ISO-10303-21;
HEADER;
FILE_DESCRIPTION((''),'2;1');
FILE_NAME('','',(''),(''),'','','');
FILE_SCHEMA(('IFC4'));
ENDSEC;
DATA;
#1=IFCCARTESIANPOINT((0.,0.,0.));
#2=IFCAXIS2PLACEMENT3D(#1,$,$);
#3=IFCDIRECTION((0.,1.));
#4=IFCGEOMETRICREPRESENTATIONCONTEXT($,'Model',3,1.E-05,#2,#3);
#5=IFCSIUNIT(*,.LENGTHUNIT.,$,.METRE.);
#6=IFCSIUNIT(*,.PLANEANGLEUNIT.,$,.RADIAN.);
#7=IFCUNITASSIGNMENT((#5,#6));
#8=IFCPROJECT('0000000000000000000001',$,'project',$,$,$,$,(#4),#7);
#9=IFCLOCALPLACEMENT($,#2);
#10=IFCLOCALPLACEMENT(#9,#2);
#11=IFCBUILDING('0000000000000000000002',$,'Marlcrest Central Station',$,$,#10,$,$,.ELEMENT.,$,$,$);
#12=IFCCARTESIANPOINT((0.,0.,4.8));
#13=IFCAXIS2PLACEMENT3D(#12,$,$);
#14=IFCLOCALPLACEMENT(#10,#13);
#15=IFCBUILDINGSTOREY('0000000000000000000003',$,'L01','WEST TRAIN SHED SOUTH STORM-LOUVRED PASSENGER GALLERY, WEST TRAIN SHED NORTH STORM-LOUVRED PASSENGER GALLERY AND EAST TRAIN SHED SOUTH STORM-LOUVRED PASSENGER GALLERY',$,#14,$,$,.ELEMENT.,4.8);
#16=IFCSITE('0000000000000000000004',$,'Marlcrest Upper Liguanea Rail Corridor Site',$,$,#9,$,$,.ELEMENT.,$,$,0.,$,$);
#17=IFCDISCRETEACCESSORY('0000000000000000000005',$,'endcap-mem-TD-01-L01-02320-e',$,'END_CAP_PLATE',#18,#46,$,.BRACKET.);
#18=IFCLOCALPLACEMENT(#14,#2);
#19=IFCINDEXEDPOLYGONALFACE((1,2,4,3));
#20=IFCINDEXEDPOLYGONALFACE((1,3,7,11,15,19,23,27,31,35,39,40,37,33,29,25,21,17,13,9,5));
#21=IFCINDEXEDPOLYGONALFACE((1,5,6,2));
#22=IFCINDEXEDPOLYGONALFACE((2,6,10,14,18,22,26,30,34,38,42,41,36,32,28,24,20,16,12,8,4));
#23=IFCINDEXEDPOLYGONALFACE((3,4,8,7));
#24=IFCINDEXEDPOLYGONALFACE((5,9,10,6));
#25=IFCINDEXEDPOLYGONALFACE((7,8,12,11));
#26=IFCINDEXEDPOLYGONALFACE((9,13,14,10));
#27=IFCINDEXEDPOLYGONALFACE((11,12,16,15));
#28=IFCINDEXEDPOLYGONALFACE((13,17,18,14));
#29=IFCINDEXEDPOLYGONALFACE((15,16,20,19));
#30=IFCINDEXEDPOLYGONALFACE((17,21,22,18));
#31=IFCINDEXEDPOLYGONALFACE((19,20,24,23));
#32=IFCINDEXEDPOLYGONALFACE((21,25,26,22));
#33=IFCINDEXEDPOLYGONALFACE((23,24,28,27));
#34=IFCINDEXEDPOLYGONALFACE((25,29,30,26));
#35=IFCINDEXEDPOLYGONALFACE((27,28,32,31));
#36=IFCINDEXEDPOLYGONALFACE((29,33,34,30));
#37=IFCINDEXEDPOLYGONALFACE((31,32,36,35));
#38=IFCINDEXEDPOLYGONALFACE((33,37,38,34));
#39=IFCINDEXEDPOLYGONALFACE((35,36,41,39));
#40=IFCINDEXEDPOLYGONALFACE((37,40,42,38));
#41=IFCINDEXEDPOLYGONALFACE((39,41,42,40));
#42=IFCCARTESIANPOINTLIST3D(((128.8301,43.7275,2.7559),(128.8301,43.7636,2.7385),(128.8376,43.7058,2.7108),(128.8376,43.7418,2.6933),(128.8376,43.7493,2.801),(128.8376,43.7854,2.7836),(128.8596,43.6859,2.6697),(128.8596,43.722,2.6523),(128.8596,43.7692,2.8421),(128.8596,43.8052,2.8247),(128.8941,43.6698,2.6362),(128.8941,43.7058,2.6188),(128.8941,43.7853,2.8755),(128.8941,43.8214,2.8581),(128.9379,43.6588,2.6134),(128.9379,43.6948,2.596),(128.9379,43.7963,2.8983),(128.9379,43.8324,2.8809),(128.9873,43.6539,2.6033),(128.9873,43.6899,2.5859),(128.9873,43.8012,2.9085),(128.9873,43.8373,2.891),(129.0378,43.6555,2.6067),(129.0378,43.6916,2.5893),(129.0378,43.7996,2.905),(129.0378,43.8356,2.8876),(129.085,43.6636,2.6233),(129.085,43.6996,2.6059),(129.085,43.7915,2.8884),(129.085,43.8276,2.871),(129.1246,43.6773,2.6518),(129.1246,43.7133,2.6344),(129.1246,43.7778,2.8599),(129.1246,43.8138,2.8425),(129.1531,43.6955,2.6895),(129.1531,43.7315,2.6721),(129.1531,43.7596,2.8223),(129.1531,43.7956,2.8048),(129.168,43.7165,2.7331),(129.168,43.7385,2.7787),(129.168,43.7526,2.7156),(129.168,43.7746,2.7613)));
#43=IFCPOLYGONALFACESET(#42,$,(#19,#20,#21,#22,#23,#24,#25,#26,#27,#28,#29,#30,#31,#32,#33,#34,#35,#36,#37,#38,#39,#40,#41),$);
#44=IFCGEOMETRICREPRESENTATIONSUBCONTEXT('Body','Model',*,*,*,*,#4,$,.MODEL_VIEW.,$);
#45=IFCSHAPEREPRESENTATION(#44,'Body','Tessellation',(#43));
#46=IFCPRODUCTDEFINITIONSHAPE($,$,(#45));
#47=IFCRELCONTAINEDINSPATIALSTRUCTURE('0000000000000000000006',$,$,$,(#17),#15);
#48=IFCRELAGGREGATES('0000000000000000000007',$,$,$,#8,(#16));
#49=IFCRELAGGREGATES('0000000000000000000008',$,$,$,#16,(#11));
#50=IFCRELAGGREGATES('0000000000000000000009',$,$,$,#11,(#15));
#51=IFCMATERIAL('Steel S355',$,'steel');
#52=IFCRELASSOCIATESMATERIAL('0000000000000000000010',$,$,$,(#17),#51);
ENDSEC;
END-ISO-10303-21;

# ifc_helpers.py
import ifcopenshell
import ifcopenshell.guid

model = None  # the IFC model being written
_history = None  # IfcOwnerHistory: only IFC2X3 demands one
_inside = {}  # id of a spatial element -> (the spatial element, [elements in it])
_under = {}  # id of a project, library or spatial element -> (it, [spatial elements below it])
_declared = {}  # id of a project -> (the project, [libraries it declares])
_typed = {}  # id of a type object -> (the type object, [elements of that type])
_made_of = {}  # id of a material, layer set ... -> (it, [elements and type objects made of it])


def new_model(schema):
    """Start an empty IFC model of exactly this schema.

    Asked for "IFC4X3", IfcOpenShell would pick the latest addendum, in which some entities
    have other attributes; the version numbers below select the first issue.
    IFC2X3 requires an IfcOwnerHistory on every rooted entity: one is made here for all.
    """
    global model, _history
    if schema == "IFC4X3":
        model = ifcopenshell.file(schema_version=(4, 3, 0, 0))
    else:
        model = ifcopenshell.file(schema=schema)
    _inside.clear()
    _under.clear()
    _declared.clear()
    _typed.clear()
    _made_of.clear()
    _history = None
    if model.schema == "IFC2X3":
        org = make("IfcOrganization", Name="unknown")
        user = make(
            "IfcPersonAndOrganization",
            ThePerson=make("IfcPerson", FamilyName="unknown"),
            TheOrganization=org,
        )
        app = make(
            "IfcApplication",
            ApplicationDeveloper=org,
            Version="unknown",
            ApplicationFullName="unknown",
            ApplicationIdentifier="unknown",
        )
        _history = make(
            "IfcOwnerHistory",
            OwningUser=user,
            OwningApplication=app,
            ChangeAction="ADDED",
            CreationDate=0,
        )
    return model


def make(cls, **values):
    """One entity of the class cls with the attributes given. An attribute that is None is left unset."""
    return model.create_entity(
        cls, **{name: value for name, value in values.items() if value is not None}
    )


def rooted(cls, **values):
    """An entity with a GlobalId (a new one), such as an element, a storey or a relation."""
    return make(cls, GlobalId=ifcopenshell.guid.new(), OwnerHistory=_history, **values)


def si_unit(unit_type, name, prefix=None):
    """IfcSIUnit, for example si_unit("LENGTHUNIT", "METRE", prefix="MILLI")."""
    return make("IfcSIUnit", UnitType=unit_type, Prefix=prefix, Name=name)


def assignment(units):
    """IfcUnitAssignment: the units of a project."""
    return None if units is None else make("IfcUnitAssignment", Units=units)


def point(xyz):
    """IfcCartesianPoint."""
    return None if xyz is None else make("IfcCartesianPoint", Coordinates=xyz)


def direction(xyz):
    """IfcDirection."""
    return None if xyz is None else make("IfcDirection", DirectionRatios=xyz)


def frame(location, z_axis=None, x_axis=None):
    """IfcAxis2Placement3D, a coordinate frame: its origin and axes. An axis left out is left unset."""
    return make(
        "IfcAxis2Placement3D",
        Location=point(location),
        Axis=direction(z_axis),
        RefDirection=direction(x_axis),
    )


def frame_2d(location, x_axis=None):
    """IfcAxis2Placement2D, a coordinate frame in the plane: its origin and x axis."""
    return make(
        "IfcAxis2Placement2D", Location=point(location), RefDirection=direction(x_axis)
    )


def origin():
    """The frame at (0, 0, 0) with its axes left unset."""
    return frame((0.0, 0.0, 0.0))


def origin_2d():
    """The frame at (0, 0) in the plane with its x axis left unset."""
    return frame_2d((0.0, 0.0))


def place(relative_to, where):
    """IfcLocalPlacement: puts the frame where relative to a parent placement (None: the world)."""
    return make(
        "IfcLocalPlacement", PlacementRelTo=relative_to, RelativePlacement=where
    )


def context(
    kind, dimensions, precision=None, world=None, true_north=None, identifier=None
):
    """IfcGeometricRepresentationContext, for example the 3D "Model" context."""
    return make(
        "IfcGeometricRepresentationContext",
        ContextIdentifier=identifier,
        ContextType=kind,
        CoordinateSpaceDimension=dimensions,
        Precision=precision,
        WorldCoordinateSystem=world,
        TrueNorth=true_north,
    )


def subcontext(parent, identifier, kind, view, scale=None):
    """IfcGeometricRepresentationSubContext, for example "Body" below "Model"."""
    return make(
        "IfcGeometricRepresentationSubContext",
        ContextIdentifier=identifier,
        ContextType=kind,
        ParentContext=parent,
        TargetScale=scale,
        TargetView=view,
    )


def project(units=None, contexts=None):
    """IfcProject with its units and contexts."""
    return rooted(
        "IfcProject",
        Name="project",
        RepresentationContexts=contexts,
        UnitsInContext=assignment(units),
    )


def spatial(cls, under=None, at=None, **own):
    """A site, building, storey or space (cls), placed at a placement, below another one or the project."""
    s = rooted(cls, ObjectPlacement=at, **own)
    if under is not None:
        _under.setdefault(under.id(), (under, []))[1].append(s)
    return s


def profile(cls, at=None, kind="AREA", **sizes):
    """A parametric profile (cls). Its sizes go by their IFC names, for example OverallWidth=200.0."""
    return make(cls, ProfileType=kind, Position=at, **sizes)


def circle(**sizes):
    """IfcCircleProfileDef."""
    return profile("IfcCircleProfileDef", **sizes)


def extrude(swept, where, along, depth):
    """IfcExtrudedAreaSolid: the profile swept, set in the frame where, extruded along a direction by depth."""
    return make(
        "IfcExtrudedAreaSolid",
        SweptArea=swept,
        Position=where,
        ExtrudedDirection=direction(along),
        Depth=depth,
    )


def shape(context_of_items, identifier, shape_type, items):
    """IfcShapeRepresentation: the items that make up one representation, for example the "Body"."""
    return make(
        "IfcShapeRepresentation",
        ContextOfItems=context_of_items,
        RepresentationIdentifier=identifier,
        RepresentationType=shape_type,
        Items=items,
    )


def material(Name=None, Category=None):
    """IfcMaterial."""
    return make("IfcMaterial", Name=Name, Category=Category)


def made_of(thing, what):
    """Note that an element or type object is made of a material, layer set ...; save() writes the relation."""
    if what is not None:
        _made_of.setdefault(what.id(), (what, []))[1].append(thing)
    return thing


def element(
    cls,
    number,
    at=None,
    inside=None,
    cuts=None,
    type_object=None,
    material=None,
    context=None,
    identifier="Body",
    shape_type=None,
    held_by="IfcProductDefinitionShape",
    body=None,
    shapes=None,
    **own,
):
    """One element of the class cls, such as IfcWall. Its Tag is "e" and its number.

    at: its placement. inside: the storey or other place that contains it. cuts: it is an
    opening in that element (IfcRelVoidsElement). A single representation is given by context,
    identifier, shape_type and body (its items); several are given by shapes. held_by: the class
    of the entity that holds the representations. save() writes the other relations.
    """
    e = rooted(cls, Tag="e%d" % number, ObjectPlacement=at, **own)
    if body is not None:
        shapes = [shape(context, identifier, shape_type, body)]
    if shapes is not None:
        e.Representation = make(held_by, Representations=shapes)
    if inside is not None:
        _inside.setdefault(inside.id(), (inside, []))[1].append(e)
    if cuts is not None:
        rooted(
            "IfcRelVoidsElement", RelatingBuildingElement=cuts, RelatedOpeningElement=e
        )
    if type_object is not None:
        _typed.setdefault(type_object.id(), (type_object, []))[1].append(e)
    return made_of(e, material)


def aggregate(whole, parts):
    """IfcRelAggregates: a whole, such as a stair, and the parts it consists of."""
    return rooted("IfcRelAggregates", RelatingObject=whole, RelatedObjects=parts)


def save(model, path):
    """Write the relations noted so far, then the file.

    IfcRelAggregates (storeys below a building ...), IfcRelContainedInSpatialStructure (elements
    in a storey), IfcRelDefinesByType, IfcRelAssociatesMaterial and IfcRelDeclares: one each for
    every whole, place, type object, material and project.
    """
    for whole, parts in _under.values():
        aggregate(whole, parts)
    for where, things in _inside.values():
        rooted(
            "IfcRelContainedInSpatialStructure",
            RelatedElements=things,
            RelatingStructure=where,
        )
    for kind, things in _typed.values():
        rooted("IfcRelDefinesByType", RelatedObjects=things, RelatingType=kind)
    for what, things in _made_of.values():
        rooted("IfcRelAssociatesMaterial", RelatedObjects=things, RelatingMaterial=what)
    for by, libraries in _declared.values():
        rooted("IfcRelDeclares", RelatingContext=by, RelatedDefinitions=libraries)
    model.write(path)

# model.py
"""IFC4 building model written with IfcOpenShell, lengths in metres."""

from ifc_helpers import new_model, si_unit, direction, frame, origin, origin_2d, place, context, subcontext, project, spatial, circle, extrude, material, element, save


model = new_model("IFC4")

# Units and contexts
model_context = context("Model", 3, precision=1e-05, world=origin(), true_north=direction((0.0, 1.0)))
body_context = subcontext(model_context, "Body", "Model", "MODEL_VIEW")
ifc_project = project(units=[si_unit("LENGTHUNIT", "METRE"), si_unit("PLANEANGLEUNIT", "RADIAN")], contexts=[model_context])

# Site, building, storey
site_placement = place(None, origin())
site = spatial("IfcSite", under=ifc_project, at=site_placement, Name="Marlcrest Upper Liguanea Rail Corridor Site", CompositionType="ELEMENT", RefElevation=0.0)
building_placement = place(site_placement, origin())
building = spatial("IfcBuilding", under=site, at=building_placement, Name="Marlcrest Central Station", CompositionType="ELEMENT")
storey_placement = place(building_placement, frame((0.0, 0.0, 4.8)))
storey = spatial("IfcBuildingStorey", under=building, at=storey_placement, Name="L01", Description="WEST TRAIN SHED SOUTH STORM-LOUVRED PASSENGER GALLERY, WEST TRAIN SHED NORTH STORM-LOUVRED PASSENGER GALLERY AND EAST TRAIN SHED SOUTH STORM-LOUVRED PASSENGER GALLERY", CompositionType="ELEMENT", Elevation=4.8)

# Shared definitions
ifc_material_1 = material(Name="Steel S355", Category="steel")

# Discrete accessory
for number, where, z_axis, x_axis, name in (
    (1, (129.0, 43.7275, 2.7559), (0.0, 0.900552, -0.434749), (-1.0, 0.0, 0.0), "endcap-mem-TD-01-L01-02320-e"),
):
    element("IfcDiscreteAccessory", number, at=place(storey_placement, frame(where, z_axis=z_axis, x_axis=x_axis)), inside=storey, material=ifc_material_1, Name=name, ObjectType="END_CAP_PLATE", PredefinedType="BRACKET", context=body_context, shape_type="SweptSolid", body=[
        extrude(circle(Radius=0.1699, at=origin_2d()), origin(), (0.0, 0.0, 1.0), 0.04),
    ])

save(model, "model.ifc")
